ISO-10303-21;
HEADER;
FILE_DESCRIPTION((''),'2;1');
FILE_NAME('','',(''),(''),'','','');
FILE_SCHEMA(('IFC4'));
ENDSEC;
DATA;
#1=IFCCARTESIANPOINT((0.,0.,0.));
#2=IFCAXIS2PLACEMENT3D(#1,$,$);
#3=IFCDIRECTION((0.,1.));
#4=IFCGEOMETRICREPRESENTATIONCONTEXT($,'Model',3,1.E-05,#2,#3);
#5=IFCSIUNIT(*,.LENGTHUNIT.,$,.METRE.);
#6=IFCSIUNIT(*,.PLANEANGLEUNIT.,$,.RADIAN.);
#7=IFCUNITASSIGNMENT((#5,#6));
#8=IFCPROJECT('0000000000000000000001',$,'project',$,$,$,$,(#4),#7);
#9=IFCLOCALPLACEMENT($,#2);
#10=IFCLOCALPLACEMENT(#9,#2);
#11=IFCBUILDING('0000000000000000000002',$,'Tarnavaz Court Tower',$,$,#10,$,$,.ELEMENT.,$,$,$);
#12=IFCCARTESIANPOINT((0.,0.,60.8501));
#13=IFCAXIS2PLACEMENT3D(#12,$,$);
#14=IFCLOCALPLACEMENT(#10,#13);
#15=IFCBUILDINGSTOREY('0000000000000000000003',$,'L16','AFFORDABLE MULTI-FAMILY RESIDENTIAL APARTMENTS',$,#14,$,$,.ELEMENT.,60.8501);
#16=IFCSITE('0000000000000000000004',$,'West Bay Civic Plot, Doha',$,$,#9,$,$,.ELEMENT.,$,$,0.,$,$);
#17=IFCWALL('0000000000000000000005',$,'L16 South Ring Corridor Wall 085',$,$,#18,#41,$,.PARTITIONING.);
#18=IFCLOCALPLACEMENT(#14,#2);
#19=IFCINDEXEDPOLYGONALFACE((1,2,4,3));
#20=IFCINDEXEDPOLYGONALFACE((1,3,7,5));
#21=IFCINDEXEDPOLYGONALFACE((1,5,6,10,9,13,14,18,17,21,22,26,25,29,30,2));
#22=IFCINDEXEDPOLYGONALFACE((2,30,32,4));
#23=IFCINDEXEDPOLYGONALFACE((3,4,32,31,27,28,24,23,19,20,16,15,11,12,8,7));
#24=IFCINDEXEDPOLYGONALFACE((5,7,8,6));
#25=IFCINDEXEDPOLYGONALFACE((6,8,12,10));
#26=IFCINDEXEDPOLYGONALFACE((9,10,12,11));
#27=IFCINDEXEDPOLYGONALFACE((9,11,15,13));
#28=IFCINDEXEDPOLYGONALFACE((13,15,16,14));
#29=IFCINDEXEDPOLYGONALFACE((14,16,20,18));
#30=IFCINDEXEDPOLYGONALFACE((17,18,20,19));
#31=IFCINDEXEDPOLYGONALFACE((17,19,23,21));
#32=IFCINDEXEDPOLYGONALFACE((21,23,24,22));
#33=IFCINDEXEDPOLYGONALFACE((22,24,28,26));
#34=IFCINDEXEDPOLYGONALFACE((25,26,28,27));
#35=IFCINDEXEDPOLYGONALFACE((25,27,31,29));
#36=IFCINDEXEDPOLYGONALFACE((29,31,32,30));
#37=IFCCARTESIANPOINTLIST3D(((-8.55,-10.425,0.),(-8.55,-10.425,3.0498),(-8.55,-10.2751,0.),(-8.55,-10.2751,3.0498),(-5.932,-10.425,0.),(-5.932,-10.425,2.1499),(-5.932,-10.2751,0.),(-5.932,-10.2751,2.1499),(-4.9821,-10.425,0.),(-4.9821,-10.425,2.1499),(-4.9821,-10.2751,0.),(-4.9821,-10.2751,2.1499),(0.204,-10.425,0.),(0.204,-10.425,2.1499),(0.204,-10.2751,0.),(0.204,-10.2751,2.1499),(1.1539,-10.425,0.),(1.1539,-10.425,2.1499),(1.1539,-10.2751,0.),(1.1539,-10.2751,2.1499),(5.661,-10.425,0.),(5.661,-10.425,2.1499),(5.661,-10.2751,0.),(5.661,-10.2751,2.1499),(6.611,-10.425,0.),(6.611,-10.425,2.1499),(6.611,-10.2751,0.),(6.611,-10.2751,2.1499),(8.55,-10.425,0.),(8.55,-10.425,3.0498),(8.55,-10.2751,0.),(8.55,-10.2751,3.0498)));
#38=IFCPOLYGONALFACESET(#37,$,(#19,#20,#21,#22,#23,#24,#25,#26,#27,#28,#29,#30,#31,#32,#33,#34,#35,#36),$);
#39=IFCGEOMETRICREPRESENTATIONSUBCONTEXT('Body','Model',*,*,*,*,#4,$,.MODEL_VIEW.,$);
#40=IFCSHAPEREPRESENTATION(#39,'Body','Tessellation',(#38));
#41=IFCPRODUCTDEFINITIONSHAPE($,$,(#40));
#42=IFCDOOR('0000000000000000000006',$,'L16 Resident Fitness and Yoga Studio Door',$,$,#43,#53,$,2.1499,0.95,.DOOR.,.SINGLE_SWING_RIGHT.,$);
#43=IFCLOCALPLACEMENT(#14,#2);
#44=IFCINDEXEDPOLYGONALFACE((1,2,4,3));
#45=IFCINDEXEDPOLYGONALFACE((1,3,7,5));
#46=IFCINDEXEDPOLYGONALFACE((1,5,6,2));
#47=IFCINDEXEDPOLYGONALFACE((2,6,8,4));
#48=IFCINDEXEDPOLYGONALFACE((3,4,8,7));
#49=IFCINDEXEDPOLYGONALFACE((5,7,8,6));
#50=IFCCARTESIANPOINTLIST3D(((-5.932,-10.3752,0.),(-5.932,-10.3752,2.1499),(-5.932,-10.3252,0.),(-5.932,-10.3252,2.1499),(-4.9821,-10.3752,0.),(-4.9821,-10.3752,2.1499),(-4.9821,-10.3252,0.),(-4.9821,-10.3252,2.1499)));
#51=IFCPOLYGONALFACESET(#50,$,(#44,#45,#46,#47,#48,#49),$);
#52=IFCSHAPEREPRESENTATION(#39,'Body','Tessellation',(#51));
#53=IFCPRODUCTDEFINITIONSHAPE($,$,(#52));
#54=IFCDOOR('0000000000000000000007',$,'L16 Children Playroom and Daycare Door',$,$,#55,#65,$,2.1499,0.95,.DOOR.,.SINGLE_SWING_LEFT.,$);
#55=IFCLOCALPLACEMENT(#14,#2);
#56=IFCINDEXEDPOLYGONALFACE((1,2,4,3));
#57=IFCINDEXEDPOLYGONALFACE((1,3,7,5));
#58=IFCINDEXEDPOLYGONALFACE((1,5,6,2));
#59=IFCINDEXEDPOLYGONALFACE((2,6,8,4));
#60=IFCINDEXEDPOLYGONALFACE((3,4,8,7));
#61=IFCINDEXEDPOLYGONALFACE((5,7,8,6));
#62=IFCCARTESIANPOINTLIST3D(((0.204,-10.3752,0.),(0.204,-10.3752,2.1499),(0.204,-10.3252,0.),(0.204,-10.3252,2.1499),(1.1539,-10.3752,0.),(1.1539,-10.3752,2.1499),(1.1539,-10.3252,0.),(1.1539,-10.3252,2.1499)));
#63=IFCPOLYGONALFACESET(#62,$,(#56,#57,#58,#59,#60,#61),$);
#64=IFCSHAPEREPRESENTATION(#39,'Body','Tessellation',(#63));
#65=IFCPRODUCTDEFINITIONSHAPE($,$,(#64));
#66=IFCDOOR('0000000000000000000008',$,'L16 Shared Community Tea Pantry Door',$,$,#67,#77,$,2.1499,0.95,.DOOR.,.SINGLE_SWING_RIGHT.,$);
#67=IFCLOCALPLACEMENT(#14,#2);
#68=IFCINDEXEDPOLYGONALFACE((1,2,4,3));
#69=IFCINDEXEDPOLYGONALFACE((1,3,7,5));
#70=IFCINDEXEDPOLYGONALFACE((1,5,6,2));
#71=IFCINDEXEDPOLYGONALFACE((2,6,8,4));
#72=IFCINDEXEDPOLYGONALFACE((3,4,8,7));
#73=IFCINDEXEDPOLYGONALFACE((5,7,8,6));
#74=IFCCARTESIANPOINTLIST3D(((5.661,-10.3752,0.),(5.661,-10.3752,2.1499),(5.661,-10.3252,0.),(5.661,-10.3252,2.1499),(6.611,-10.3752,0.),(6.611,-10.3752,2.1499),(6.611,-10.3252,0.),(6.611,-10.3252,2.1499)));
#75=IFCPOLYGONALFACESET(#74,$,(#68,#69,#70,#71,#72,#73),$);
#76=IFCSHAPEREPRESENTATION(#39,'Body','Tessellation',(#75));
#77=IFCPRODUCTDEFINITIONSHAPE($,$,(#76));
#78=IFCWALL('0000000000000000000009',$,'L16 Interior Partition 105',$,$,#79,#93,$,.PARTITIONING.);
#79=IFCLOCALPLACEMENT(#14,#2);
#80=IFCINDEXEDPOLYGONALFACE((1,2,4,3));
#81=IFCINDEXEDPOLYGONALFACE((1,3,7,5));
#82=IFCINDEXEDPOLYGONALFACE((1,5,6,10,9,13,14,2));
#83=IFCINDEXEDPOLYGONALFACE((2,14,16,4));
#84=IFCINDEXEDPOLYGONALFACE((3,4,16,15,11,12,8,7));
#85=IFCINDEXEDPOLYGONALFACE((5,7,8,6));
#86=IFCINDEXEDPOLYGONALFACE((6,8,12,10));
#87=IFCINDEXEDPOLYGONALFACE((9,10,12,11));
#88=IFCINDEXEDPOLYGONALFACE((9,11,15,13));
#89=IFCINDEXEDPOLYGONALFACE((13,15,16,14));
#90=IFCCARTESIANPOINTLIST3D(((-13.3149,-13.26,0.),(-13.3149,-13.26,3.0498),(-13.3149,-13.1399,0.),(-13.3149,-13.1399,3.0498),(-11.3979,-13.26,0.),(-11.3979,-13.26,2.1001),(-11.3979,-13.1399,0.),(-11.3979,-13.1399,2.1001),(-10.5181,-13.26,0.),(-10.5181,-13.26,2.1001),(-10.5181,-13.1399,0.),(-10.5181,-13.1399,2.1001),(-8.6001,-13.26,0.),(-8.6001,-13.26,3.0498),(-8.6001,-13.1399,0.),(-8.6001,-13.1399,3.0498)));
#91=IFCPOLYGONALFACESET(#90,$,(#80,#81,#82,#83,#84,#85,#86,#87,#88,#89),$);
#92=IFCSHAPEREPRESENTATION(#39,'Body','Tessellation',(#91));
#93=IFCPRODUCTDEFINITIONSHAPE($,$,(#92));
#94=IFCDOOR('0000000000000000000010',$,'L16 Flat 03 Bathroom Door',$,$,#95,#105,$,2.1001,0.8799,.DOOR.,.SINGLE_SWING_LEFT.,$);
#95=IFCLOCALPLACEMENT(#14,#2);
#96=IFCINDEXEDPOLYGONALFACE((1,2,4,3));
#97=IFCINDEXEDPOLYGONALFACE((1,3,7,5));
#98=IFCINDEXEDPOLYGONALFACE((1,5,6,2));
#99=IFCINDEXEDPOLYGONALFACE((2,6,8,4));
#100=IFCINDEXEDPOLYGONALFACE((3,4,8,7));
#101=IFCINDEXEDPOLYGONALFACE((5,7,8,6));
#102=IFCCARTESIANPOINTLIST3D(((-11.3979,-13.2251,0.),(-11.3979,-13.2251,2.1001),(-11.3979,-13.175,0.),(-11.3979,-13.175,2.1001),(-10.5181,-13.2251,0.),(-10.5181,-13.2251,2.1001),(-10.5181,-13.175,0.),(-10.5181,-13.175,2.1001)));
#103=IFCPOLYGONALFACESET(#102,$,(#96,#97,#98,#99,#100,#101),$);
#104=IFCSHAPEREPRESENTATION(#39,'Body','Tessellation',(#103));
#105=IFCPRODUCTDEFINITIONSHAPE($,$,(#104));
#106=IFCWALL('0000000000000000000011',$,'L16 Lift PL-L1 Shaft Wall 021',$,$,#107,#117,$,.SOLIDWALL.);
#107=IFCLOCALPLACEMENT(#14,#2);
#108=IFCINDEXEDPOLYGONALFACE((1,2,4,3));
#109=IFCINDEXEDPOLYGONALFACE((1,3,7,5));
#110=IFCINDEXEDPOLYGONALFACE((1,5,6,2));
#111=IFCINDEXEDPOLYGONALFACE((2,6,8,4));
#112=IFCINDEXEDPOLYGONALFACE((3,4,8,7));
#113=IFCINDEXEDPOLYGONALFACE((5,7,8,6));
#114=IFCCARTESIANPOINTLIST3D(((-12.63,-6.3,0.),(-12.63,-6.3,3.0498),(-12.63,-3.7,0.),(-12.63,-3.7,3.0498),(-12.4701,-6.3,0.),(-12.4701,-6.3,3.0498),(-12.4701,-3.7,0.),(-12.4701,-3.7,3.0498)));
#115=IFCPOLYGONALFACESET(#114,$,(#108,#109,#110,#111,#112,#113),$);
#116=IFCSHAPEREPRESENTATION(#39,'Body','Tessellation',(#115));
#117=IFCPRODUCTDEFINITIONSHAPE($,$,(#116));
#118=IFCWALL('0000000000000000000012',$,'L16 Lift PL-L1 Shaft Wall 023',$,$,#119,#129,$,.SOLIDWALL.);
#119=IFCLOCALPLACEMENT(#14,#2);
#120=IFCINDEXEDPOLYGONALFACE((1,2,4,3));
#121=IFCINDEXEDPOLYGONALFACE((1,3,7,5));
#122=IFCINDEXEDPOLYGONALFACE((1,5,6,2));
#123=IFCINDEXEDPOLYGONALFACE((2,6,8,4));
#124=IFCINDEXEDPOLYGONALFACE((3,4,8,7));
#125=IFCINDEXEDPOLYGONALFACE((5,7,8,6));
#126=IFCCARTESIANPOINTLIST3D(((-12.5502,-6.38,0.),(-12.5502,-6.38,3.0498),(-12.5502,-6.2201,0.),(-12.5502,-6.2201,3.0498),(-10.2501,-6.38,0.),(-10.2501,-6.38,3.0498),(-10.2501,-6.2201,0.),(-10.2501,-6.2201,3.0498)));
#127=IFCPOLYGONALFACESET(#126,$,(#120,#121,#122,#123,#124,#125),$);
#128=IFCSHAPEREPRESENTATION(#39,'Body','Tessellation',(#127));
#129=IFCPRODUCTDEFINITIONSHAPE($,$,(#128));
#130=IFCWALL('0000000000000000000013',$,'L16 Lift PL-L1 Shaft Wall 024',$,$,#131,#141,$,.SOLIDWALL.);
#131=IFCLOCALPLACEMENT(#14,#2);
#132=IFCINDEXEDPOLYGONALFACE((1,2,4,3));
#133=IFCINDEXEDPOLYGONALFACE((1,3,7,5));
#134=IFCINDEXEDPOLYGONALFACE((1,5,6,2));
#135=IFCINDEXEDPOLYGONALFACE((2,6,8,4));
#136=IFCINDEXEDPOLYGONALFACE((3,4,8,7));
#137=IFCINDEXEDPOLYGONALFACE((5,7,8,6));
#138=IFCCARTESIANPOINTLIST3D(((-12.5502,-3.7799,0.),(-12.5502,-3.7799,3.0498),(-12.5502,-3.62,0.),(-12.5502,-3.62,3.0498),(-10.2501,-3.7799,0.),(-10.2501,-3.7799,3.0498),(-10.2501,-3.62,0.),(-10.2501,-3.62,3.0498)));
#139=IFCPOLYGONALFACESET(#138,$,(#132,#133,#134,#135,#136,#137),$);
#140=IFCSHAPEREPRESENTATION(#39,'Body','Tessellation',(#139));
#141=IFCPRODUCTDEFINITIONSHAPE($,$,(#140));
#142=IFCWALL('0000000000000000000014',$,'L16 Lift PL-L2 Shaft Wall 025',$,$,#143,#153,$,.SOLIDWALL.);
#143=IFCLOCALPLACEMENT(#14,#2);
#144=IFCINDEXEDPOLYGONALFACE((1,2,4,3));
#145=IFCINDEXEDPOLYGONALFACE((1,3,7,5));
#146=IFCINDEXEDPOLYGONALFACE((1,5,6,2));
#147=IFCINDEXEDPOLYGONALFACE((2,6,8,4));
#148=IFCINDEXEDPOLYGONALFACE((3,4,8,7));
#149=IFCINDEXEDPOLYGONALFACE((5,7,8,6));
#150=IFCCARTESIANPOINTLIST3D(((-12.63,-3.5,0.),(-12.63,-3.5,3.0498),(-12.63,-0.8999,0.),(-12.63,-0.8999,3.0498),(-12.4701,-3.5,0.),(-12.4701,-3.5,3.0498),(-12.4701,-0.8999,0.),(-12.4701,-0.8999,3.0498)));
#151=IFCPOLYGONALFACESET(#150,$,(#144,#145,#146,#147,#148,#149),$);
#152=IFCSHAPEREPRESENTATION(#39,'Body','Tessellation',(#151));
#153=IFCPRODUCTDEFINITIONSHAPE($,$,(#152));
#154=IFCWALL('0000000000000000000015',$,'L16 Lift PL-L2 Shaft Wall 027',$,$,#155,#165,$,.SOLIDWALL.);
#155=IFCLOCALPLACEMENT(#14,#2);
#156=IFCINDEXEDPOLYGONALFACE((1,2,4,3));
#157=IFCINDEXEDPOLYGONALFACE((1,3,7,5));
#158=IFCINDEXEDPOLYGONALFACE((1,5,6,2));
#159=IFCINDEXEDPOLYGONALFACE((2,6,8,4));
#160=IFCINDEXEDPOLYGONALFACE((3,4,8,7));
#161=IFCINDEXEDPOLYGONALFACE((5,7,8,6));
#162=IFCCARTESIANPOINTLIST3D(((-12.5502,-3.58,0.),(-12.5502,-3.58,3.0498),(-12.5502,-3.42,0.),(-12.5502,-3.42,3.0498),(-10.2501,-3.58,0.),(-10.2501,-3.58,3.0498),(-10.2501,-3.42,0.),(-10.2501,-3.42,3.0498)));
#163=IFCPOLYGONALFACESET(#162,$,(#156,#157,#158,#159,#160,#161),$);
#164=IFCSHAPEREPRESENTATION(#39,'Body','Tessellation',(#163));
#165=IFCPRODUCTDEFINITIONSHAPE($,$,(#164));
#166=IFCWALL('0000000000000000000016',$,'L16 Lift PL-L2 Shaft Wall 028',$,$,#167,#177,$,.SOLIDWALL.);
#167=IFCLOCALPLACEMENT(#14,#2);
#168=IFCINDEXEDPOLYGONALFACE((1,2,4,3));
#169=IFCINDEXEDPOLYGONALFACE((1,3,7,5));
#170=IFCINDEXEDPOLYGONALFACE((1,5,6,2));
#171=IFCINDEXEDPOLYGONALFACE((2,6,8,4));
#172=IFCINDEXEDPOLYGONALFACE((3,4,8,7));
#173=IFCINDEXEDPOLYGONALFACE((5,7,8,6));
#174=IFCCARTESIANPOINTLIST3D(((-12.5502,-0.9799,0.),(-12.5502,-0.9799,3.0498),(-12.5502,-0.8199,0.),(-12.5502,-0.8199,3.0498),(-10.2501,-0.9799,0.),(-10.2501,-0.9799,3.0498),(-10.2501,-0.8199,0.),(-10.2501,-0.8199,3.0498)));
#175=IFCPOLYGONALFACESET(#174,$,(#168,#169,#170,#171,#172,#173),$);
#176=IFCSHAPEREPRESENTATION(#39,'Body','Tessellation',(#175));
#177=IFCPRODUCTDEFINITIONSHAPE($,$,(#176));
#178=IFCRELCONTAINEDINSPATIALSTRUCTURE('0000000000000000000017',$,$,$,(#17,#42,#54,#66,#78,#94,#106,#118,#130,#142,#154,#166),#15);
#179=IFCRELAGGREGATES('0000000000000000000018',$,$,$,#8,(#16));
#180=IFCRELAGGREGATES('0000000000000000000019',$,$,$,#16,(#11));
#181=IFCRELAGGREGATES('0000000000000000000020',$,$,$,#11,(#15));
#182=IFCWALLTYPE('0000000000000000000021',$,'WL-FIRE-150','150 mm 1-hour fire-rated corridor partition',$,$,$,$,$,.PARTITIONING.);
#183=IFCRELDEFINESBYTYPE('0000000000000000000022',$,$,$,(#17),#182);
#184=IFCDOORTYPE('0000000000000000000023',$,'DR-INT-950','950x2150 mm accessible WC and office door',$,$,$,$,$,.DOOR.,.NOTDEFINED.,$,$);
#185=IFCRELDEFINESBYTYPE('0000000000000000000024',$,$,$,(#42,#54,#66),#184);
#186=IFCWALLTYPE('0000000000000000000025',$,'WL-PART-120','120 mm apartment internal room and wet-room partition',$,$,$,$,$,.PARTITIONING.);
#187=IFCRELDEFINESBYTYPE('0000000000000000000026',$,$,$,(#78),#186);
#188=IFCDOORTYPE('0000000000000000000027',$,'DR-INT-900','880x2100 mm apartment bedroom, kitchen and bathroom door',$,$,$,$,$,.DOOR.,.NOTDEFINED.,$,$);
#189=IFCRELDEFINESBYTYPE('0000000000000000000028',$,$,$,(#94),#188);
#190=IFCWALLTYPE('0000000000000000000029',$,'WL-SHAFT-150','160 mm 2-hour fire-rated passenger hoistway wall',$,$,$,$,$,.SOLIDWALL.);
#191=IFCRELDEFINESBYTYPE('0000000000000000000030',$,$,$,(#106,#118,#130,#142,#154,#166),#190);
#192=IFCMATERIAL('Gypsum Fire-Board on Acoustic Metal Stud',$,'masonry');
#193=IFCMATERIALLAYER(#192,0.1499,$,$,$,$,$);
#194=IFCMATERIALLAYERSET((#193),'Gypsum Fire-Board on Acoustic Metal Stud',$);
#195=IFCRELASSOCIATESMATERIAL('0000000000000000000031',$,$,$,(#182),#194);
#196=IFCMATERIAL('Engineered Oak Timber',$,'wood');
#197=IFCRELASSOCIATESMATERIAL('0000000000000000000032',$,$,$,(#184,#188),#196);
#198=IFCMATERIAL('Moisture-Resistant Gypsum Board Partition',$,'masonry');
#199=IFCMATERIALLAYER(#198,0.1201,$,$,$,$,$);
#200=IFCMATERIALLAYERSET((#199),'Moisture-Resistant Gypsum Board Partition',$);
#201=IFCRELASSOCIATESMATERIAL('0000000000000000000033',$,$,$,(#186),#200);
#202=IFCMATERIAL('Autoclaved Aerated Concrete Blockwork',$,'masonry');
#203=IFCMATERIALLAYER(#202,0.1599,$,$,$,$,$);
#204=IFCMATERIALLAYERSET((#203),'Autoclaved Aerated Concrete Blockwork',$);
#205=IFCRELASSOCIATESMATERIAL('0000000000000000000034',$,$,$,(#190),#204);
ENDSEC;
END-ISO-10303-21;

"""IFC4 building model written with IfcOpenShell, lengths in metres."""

from ifc_helpers import new_model, si_unit, direction, frame, frame_2d, origin, place, context, subcontext, project, spatial, rectangle, extrude, material, layer, layer_set, type_object, element, fill, save


model = new_model("IFC4")

# Units and contexts
model_context = context("Model", 3, precision=1e-05, world=origin(), true_north=direction((0.0, 1.0)))
body_context = subcontext(model_context, "Body", "Model", "MODEL_VIEW")
ifc_project = project(units=[si_unit("LENGTHUNIT", "METRE"), si_unit("PLANEANGLEUNIT", "RADIAN")], contexts=[model_context])

# Site, building, storey
site_placement = place(None, origin())
site = spatial("IfcSite", under=ifc_project, at=site_placement, Name="West Bay Civic Plot, Doha", CompositionType="ELEMENT", RefElevation=0.0)
building_placement = place(site_placement, origin())
building = spatial("IfcBuilding", under=site, at=building_placement, Name="Tarnavaz Court Tower", CompositionType="ELEMENT")
storey_placement = place(building_placement, frame((0.0, 0.0, 60.8501)))
storey = spatial("IfcBuildingStorey", under=building, at=storey_placement, Name="L16", Description="AFFORDABLE MULTI-FAMILY RESIDENTIAL APARTMENTS", CompositionType="ELEMENT", Elevation=60.8501)

# Wall, openings, doors
ifc_material_1 = material(Name="Gypsum Fire-Board on Acoustic Metal Stud", Category="masonry")
ifc_layer_1 = layer(ifc_material_1, 0.1499)
ifc_layer_set_1 = layer_set([ifc_layer_1], Name="Gypsum Fire-Board on Acoustic Metal Stud")
wall_type_1 = type_object("IfcWallType", Name="WL-FIRE-150", Description="150 mm 1-hour fire-rated corridor partition", PredefinedType="PARTITIONING", material=ifc_layer_set_1)
wall_1_placement = place(storey_placement, frame((-8.55, -10.3501, 0.0), z_axis=(0.0, 0.0, 1.0), x_axis=(1.0, 0.0, 0.0)))
wall_1 = element("IfcWall", 1, at=wall_1_placement, inside=storey, type_object=wall_type_1, Name="L16 South Ring Corridor Wall 085", PredefinedType="PARTITIONING", context=body_context, shape_type="SweptSolid", body=[
    extrude(rectangle(XDim=17.1001, YDim=0.1499, at=frame_2d((8.55, 0.0))), origin(), (0.0, 0.0, 1.0), 3.0498),
])
opening_1_placement = place(wall_1_placement, frame((2.6179, 0.0, 0.0)))
opening_1 = element("IfcOpeningElement", 2, at=opening_1_placement, cuts=wall_1, PredefinedType="OPENING", context=body_context, shape_type="SweptSolid", body=[
    extrude(rectangle(XDim=0.95, YDim=2.1499, at=frame_2d((0.4751, 1.075))), frame((0.0, 0.085, 0.0), z_axis=(0.0, -1.0, 0.0), x_axis=(1.0, 0.0, 0.0)), (0.0, 0.0, 1.0), 0.1699),
])
opening_2_placement = place(wall_1_placement, frame((8.7539, 0.0, 0.0)))
opening_2 = element("IfcOpeningElement", 3, at=opening_2_placement, cuts=wall_1, PredefinedType="OPENING", context=body_context, shape_type="SweptSolid", body=[
    extrude(rectangle(XDim=0.95, YDim=2.1499, at=frame_2d((0.4751, 1.075))), frame((0.0, 0.085, 0.0), z_axis=(0.0, -1.0, 0.0), x_axis=(1.0, 0.0, 0.0)), (0.0, 0.0, 1.0), 0.1699),
])
opening_3_placement = place(wall_1_placement, frame((14.2109, 0.0, 0.0)))
opening_3 = element("IfcOpeningElement", 4, at=opening_3_placement, cuts=wall_1, PredefinedType="OPENING", context=body_context, shape_type="SweptSolid", body=[
    extrude(rectangle(XDim=0.95, YDim=2.1499, at=frame_2d((0.4751, 1.075))), frame((0.0, 0.085, 0.0), z_axis=(0.0, -1.0, 0.0), x_axis=(1.0, 0.0, 0.0)), (0.0, 0.0, 1.0), 0.1699),
])
ifc_material_2 = material(Name="Engineered Oak Timber", Category="wood")
door_type_1 = type_object("IfcDoorType", Name="DR-INT-950", Description="950x2150 mm accessible WC and office door", OperationType="NOTDEFINED", PredefinedType="DOOR", material=ifc_material_2)
door_1_placement = place(opening_1_placement, origin())
door_1 = element("IfcDoor", 5, at=door_1_placement, inside=storey, type_object=door_type_1, Name="L16 Resident Fitness and Yoga Studio Door", OperationType="SINGLE_SWING_RIGHT", OverallHeight=2.1499, OverallWidth=0.95, PredefinedType="DOOR", context=body_context, shape_type="SweptSolid", body=[
    extrude(rectangle(XDim=0.95, YDim=2.1499, at=frame_2d((0.4751, 1.075))), frame((0.0, 0.0249, 0.0), z_axis=(0.0, -1.0, 0.0), x_axis=(1.0, 0.0, 0.0)), (0.0, 0.0, 1.0), 0.05),
])
fill(opening_1, door_1)
door_2_placement = place(opening_2_placement, origin())
door_2 = element("IfcDoor", 6, at=door_2_placement, inside=storey, type_object=door_type_1, Name="L16 Children Playroom and Daycare Door", OperationType="SINGLE_SWING_LEFT", OverallHeight=2.1499, OverallWidth=0.95, PredefinedType="DOOR", context=body_context, shape_type="SweptSolid", body=[
    extrude(rectangle(XDim=0.95, YDim=2.1499, at=frame_2d((0.4751, 1.075))), frame((0.0, 0.0249, 0.0), z_axis=(0.0, -1.0, 0.0), x_axis=(1.0, 0.0, 0.0)), (0.0, 0.0, 1.0), 0.05),
])
fill(opening_2, door_2)
door_3_placement = place(opening_3_placement, origin())
door_3 = element("IfcDoor", 7, at=door_3_placement, inside=storey, type_object=door_type_1, Name="L16 Shared Community Tea Pantry Door", OperationType="SINGLE_SWING_RIGHT", OverallHeight=2.1499, OverallWidth=0.95, PredefinedType="DOOR", context=body_context, shape_type="SweptSolid", body=[
    extrude(rectangle(XDim=0.95, YDim=2.1499, at=frame_2d((0.4751, 1.075))), frame((0.0, 0.0249, 0.0), z_axis=(0.0, -1.0, 0.0), x_axis=(1.0, 0.0, 0.0)), (0.0, 0.0, 1.0), 0.05),
])
fill(opening_3, door_3)

# Wall, opening, door
ifc_material_3 = material(Name="Moisture-Resistant Gypsum Board Partition", Category="masonry")
ifc_layer_2 = layer(ifc_material_3, 0.1201)
ifc_layer_set_2 = layer_set([ifc_layer_2], Name="Moisture-Resistant Gypsum Board Partition")
wall_type_2 = type_object("IfcWallType", Name="WL-PART-120", Description="120 mm apartment internal room and wet-room partition", PredefinedType="PARTITIONING", material=ifc_layer_set_2)
wall_2_placement = place(storey_placement, frame((-13.3149, -13.2, 0.0), z_axis=(0.0, 0.0, 1.0), x_axis=(1.0, 0.0, 0.0)))
wall_2 = element("IfcWall", 8, at=wall_2_placement, inside=storey, type_object=wall_type_2, Name="L16 Interior Partition 105", PredefinedType="PARTITIONING", context=body_context, shape_type="SweptSolid", body=[
    extrude(rectangle(XDim=4.7148, YDim=0.1201, at=frame_2d((2.3574, 0.0))), origin(), (0.0, 0.0, 1.0), 3.0498),
])
opening_4_placement = place(wall_2_placement, frame((1.917, 0.0, 0.0)))
opening_4 = element("IfcOpeningElement", 9, at=opening_4_placement, cuts=wall_2, PredefinedType="OPENING", context=body_context, shape_type="SweptSolid", body=[
    extrude(rectangle(XDim=0.8799, YDim=2.1001, at=frame_2d((0.4399, 1.05))), frame((0.0, 0.0701, 0.0), z_axis=(0.0, -1.0, 0.0), x_axis=(1.0, 0.0, 0.0)), (0.0, 0.0, 1.0), 0.1401),
])
door_type_2 = type_object("IfcDoorType", Name="DR-INT-900", Description="880x2100 mm apartment bedroom, kitchen and bathroom door", OperationType="NOTDEFINED", PredefinedType="DOOR", material=ifc_material_2)
door_4_placement = place(opening_4_placement, origin())
door_4 = element("IfcDoor", 10, at=door_4_placement, inside=storey, type_object=door_type_2, Name="L16 Flat 03 Bathroom Door", OperationType="SINGLE_SWING_LEFT", OverallHeight=2.1001, OverallWidth=0.8799, PredefinedType="DOOR", context=body_context, shape_type="SweptSolid", body=[
    extrude(rectangle(XDim=0.8799, YDim=2.1001, at=frame_2d((0.4399, 1.05))), frame((0.0, 0.0249, 0.0), z_axis=(0.0, -1.0, 0.0), x_axis=(1.0, 0.0, 0.0)), (0.0, 0.0, 1.0), 0.05),
])
fill(opening_4, door_4)

# Wall
ifc_material_4 = material(Name="Autoclaved Aerated Concrete Blockwork", Category="masonry")
ifc_layer_3 = layer(ifc_material_4, 0.1599)
ifc_layer_set_3 = layer_set([ifc_layer_3], Name="Autoclaved Aerated Concrete Blockwork")
wall_type_3 = type_object("IfcWallType", Name="WL-SHAFT-150", Description="160 mm 2-hour fire-rated passenger hoistway wall", PredefinedType="SOLIDWALL", material=ifc_layer_set_3)
wall_3_placement = place(storey_placement, frame((-12.55, -6.3, 0.0), z_axis=(0.0, 0.0, 1.0), x_axis=(0.0, 1.0, 0.0)))
element("IfcWall", 11, at=wall_3_placement, inside=storey, type_object=wall_type_3, Name="L16 Lift PL-L1 Shaft Wall 021", PredefinedType="SOLIDWALL", context=body_context, shape_type="SweptSolid", body=[
    extrude(rectangle(XDim=2.6001, YDim=0.1599, at=frame_2d((1.3, 0.0))), origin(), (0.0, 0.0, 1.0), 3.0498),
])

# Walls
for number, where, z_axis, x_axis, name in (
    (12, (-12.55, -6.3, 0.0), (0.0, 0.0, 1.0), (1.0, 0.0, 0.0), "L16 Lift PL-L1 Shaft Wall 023"),
    (13, (-12.55, -3.7, 0.0), (0.0, 0.0, 1.0), (1.0, 0.0, 0.0), "L16 Lift PL-L1 Shaft Wall 024"),
):
    element("IfcWall", number, at=place(storey_placement, frame(where, z_axis=z_axis, x_axis=x_axis)), inside=storey, type_object=wall_type_3, Name=name, PredefinedType="SOLIDWALL", context=body_context, shape_type="SweptSolid", body=[
        extrude(rectangle(XDim=2.3, YDim=0.1599, at=frame_2d((1.1499, 0.0))), origin(), (0.0, 0.0, 1.0), 3.0498),
    ])
wall_4_placement = place(storey_placement, frame((-12.55, -3.5, 0.0), z_axis=(0.0, 0.0, 1.0), x_axis=(0.0, 1.0, 0.0)))
element("IfcWall", 14, at=wall_4_placement, inside=storey, type_object=wall_type_3, Name="L16 Lift PL-L2 Shaft Wall 025", PredefinedType="SOLIDWALL", context=body_context, shape_type="SweptSolid", body=[
    extrude(rectangle(XDim=2.6001, YDim=0.1599, at=frame_2d((1.3, 0.0))), origin(), (0.0, 0.0, 1.0), 3.0498),
])

# Walls
for number, where, z_axis, x_axis, name in (
    (15, (-12.55, -3.5, 0.0), (0.0, 0.0, 1.0), (1.0, 0.0, 0.0), "L16 Lift PL-L2 Shaft Wall 027"),
    (16, (-12.55, -0.8999, 0.0), (0.0, 0.0, 1.0), (1.0, 0.0, 0.0), "L16 Lift PL-L2 Shaft Wall 028"),
):
    element("IfcWall", number, at=place(storey_placement, frame(where, z_axis=z_axis, x_axis=x_axis)), inside=storey, type_object=wall_type_3, Name=name, PredefinedType="SOLIDWALL", context=body_context, shape_type="SweptSolid", body=[
        extrude(rectangle(XDim=2.3, YDim=0.1599, at=frame_2d((1.1499, 0.0))), origin(), (0.0, 0.0, 1.0), 3.0498),
    ])

save(model, "model.ifc")
